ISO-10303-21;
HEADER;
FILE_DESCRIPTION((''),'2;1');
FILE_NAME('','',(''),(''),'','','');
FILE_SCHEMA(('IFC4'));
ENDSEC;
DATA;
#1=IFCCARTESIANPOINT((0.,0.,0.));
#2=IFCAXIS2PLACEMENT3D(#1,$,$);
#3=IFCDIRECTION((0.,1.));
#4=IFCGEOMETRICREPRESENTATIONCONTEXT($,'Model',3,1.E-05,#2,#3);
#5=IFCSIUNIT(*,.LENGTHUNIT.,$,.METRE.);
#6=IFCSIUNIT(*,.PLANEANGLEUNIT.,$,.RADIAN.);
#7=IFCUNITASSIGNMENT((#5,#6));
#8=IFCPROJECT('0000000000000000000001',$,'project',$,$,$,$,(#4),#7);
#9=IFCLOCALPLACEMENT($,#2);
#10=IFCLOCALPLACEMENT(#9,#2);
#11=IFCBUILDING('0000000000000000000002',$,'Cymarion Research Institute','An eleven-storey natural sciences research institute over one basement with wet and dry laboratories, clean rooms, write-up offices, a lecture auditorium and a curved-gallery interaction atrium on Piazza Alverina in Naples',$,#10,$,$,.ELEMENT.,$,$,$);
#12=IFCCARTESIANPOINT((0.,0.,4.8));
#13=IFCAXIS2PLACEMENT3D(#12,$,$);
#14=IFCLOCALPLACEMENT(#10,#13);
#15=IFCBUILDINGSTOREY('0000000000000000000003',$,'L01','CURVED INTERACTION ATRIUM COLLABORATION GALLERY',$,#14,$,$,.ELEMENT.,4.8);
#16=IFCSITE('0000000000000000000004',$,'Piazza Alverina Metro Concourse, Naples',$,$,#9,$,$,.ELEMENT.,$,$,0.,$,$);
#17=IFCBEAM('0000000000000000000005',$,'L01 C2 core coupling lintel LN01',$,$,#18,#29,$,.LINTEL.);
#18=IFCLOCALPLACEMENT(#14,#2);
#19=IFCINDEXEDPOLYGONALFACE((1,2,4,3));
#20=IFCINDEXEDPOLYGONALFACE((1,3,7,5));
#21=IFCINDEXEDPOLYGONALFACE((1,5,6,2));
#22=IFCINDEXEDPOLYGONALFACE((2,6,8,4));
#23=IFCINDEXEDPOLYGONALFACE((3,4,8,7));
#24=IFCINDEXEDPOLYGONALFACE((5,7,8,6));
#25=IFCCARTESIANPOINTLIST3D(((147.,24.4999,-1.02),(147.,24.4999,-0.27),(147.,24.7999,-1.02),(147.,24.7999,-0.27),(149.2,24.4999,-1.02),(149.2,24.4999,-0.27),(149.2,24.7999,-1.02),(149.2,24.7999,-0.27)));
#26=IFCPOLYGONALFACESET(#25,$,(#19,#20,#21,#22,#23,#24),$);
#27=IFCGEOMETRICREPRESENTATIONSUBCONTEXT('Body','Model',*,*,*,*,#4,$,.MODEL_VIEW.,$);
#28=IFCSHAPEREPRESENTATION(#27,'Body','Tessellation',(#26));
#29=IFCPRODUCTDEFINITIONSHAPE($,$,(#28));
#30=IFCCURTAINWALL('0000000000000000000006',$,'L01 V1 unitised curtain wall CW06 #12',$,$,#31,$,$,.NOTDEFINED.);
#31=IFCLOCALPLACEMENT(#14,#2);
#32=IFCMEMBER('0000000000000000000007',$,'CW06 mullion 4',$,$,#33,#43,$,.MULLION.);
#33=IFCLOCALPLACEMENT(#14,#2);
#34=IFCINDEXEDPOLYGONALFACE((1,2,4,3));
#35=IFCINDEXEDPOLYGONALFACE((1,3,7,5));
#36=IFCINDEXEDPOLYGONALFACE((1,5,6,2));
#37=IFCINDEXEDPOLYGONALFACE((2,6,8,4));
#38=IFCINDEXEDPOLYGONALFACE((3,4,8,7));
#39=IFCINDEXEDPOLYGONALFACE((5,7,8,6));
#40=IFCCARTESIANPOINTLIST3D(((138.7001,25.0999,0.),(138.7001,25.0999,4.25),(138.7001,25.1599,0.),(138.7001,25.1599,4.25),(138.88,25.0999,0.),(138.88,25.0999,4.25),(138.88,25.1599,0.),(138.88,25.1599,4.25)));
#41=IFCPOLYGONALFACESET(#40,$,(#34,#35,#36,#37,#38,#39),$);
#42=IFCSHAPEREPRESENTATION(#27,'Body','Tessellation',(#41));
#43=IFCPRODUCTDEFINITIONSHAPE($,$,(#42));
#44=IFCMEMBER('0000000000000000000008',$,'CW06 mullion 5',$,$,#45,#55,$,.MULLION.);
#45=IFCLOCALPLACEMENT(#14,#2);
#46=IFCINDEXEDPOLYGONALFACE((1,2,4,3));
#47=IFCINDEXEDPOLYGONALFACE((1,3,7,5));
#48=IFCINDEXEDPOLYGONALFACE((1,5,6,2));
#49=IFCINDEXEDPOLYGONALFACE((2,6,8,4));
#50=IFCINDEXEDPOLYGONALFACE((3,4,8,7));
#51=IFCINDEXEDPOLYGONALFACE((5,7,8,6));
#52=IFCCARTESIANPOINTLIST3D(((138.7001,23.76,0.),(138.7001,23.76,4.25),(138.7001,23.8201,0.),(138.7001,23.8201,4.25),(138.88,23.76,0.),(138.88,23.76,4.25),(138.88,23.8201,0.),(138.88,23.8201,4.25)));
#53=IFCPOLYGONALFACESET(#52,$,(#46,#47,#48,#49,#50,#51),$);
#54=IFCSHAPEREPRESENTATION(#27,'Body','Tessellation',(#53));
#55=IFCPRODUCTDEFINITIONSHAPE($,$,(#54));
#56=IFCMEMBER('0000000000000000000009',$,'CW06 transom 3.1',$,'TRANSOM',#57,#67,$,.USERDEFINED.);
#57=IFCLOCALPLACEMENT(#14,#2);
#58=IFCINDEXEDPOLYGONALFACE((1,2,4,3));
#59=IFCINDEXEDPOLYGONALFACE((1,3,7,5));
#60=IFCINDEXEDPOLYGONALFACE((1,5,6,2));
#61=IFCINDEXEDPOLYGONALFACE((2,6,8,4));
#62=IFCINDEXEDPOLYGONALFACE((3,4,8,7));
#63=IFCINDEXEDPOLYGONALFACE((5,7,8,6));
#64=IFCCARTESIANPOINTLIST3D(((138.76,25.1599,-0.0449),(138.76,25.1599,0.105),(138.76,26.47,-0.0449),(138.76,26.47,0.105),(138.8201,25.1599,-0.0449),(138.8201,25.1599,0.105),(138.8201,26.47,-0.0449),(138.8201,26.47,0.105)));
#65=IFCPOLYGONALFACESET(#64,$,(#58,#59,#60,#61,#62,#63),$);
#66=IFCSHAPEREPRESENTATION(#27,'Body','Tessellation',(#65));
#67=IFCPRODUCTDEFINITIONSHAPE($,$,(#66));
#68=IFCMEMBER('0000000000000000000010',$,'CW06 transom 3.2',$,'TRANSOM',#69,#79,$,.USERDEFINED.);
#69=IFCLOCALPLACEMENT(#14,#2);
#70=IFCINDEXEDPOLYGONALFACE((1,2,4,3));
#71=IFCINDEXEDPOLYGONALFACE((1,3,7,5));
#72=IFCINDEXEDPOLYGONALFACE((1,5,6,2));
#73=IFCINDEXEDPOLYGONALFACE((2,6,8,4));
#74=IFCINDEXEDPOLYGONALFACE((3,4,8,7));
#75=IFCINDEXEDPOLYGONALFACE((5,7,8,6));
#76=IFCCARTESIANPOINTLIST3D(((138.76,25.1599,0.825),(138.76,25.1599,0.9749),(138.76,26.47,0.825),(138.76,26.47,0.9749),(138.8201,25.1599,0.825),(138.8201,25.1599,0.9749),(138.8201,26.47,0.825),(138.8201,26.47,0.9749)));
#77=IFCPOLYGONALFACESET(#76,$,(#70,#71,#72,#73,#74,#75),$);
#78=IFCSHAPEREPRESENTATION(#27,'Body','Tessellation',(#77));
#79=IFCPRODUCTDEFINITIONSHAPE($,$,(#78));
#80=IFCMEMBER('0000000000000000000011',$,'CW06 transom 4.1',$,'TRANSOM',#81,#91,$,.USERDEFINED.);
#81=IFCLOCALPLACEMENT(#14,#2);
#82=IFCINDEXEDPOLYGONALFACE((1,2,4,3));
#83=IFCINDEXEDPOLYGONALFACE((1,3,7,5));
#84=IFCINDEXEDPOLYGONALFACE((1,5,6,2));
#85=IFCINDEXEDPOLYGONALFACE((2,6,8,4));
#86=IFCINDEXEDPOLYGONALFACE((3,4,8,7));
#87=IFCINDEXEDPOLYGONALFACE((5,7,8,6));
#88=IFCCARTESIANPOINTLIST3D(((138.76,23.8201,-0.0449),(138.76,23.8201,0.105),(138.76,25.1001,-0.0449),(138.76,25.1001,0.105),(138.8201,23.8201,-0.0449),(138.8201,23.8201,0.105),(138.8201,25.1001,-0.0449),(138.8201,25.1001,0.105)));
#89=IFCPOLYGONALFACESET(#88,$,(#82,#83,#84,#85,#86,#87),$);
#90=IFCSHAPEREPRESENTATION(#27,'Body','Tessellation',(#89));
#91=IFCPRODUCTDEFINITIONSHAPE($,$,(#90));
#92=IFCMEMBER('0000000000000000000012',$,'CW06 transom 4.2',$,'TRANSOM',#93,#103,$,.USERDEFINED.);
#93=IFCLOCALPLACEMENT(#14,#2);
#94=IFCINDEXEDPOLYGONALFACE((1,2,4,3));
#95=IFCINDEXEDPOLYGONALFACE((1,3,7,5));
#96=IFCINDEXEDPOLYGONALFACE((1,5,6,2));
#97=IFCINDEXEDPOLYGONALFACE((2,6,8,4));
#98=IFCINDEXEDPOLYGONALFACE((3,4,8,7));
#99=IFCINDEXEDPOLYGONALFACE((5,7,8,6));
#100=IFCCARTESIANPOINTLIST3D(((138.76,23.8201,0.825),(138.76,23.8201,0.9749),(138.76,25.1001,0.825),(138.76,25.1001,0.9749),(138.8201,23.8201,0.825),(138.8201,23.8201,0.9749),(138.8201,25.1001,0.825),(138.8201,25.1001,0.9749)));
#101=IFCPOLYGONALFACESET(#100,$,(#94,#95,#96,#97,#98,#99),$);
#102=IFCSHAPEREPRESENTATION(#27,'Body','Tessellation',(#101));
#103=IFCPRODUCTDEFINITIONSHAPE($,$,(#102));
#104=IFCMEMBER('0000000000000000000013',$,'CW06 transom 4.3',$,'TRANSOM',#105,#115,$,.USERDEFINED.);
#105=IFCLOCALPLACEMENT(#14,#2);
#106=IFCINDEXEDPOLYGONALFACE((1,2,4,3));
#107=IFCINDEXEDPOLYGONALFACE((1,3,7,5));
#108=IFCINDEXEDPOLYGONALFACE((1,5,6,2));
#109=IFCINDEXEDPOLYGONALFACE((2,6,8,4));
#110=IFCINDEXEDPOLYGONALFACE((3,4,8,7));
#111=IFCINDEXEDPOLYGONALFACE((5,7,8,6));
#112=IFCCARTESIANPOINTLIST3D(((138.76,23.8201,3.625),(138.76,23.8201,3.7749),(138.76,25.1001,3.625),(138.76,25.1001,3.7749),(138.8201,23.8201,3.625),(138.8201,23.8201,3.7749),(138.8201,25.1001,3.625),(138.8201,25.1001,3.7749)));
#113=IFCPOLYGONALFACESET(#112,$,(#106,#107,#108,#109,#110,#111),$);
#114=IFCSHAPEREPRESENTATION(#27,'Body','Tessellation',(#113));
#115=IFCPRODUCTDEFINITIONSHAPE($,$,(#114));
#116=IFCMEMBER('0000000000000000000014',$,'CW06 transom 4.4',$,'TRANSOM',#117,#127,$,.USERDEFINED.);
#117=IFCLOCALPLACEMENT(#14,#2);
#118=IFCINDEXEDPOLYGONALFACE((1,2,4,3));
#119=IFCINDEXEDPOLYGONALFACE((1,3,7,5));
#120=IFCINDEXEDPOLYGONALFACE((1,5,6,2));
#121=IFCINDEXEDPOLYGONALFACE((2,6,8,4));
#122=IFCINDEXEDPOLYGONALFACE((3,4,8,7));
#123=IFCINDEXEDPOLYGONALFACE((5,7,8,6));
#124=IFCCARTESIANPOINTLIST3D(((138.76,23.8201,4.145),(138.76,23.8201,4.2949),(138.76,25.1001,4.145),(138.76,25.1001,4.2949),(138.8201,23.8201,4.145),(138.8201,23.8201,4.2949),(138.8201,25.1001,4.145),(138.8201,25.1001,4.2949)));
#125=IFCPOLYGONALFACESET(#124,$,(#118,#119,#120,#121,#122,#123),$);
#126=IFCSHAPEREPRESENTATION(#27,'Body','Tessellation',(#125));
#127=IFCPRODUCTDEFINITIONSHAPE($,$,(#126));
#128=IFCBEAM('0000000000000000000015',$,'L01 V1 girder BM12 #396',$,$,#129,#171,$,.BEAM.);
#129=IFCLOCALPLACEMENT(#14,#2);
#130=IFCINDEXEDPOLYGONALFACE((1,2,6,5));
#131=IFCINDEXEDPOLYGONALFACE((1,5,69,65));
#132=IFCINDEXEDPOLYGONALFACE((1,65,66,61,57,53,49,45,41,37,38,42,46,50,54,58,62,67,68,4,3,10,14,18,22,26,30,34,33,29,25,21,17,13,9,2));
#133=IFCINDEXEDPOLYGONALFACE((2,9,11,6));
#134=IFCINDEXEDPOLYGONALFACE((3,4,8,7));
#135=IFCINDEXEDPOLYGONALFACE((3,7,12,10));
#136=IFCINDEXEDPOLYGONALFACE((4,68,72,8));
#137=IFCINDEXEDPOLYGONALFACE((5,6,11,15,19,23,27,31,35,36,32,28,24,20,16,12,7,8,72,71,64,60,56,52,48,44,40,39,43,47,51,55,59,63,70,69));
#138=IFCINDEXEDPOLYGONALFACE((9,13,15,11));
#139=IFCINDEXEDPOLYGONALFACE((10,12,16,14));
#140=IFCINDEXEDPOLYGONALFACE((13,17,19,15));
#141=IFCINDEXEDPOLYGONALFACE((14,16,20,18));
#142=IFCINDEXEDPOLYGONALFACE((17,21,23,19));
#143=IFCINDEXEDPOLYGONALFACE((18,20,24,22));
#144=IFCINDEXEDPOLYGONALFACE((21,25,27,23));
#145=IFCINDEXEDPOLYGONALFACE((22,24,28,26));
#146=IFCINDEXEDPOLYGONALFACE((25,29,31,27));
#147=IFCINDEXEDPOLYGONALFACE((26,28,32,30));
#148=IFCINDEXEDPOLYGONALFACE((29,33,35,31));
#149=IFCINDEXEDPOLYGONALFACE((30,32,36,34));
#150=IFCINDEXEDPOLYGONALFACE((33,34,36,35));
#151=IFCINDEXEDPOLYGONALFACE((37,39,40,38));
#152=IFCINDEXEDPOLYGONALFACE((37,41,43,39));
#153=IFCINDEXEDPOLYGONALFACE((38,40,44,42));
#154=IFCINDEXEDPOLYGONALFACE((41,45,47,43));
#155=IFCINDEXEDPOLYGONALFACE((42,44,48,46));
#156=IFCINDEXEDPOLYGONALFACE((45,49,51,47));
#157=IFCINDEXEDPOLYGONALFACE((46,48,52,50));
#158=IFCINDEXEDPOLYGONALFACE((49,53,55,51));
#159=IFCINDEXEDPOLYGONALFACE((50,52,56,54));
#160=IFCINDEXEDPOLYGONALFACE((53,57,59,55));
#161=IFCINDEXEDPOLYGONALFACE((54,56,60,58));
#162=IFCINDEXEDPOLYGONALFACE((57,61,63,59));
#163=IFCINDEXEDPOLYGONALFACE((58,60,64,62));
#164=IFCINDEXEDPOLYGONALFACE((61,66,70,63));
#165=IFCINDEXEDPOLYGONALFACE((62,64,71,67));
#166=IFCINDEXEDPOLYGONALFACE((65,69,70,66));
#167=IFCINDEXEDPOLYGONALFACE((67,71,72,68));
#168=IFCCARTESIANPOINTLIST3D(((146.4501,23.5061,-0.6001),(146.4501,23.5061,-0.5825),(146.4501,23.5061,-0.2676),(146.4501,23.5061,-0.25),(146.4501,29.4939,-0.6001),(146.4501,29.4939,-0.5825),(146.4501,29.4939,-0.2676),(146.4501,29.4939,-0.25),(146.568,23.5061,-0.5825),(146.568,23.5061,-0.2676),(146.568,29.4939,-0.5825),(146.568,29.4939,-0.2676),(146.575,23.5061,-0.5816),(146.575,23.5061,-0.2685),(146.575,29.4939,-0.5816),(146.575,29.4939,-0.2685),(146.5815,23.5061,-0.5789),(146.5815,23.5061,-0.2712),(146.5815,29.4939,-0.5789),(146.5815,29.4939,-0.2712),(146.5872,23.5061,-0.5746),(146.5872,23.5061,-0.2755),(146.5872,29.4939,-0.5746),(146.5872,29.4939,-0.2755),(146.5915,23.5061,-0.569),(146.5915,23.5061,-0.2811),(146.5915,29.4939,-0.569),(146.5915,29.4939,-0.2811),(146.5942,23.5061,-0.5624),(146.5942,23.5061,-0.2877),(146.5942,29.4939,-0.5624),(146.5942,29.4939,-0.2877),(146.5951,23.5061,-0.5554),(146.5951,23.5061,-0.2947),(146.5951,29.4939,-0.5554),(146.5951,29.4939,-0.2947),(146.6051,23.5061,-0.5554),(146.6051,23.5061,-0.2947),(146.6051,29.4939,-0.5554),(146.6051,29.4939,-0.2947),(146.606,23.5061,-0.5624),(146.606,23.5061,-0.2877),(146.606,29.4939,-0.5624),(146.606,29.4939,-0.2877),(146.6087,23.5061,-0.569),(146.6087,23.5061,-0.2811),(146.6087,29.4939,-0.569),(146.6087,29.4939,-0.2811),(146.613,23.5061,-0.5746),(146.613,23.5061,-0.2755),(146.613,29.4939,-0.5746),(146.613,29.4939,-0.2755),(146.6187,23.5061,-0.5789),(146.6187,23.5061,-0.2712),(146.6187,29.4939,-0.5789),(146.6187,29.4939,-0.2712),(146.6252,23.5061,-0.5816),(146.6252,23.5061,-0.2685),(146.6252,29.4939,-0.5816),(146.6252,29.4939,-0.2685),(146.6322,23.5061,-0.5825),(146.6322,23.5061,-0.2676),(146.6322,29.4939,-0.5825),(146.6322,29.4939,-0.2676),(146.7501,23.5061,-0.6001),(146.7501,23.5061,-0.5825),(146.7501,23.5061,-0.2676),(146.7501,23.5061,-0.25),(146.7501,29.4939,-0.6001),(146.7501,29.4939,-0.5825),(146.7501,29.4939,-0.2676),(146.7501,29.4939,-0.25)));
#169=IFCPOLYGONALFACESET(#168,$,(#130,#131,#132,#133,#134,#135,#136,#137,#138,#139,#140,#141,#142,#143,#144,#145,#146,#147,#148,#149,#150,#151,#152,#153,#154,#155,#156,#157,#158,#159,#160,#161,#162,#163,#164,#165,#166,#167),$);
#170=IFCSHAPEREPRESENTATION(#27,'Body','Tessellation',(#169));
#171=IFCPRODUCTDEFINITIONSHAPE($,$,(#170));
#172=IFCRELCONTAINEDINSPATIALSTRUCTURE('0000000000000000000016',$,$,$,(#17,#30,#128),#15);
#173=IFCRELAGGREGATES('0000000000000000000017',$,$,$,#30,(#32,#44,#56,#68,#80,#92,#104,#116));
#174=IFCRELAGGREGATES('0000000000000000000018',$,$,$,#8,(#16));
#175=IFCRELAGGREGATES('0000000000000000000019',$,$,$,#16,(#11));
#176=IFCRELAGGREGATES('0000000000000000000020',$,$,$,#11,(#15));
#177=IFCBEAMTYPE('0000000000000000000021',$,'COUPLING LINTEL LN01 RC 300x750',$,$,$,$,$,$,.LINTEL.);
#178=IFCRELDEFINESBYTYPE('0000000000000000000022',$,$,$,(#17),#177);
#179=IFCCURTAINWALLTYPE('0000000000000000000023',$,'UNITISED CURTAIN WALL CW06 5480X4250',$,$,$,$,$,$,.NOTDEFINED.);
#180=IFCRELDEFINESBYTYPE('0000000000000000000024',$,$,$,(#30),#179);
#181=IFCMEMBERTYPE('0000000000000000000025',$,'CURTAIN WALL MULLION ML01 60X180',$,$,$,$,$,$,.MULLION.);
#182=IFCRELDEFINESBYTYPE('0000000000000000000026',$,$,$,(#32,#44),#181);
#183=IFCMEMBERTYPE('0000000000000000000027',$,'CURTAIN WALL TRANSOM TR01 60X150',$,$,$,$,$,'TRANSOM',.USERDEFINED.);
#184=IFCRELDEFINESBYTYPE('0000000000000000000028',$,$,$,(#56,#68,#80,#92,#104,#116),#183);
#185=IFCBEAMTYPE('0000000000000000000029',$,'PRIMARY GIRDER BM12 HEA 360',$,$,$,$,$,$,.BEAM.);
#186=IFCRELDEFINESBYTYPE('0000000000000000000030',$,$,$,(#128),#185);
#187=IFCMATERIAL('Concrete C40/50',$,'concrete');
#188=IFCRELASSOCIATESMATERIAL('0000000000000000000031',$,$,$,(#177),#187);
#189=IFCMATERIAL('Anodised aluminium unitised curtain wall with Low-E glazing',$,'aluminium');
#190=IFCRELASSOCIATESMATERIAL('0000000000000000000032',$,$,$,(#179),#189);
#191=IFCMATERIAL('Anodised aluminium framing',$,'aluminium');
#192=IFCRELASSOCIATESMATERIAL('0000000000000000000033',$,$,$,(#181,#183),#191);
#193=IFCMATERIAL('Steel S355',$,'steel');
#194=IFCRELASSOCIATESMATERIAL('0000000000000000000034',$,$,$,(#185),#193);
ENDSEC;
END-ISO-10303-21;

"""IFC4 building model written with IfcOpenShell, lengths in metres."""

from ifc_helpers import new_model, si_unit, direction, frame, origin, origin_2d, place, context, subcontext, project, spatial, rectangle, i_section, extrude, material, material_profile, profile_set, type_object, element, aggregate, save


model = new_model("IFC4")

# Units and contexts
model_context = context("Model", 3, precision=1e-05, world=origin(), true_north=direction((0.0, 1.0)))
body_context = subcontext(model_context, "Body", "Model", "MODEL_VIEW")
ifc_project = project(units=[si_unit("LENGTHUNIT", "METRE"), si_unit("PLANEANGLEUNIT", "RADIAN")], contexts=[model_context])

# Site, building, storey
site_placement = place(None, origin())
site = spatial("IfcSite", under=ifc_project, at=site_placement, Name="Piazza Alverina Metro Concourse, Naples", CompositionType="ELEMENT", RefElevation=0.0)
building_placement = place(site_placement, origin())
building = spatial("IfcBuilding", under=site, at=building_placement, Name="Cymarion Research Institute", Description="An eleven-storey natural sciences research institute over one basement with wet and dry laboratories, clean rooms, write-up offices, a lecture auditorium and a curved-gallery interaction atrium on Piazza Alverina in Naples", CompositionType="ELEMENT")
storey_placement = place(building_placement, frame((0.0, 0.0, 4.8)))
storey = spatial("IfcBuildingStorey", under=building, at=storey_placement, Name="L01", Description="CURVED INTERACTION ATRIUM COLLABORATION GALLERY", CompositionType="ELEMENT", Elevation=4.8)

# Beam
ifc_material_1 = material(Name="Concrete C40/50", Category="concrete")
ifc_material_profile_1 = material_profile(ifc_material_1, rectangle(XDim=0.3, YDim=0.75, at=origin_2d()), Name="RC 300x750")
ifc_profile_set_1 = profile_set([ifc_material_profile_1], Name="Concrete C40/50")
beam_type_1 = type_object("IfcBeamType", Name="COUPLING LINTEL LN01 RC 300x750", PredefinedType="LINTEL", material=ifc_profile_set_1)
beam_1_placement = place(storey_placement, frame((147.0, 24.6499, -0.645), z_axis=(1.0, 0.0, 0.0), x_axis=(0.0, 1.0, 0.0)))
element("IfcBeam", 1, at=beam_1_placement, inside=storey, type_object=beam_type_1, Name="L01 C2 core coupling lintel LN01", PredefinedType="LINTEL", context=body_context, shape_type="SweptSolid", body=[
    extrude(rectangle(XDim=0.3, YDim=0.75, at=origin_2d()), origin(), (0.0, 0.0, 1.0), 2.2),
])

# Curtain wall, members
ifc_material_2 = material(Name="Anodised aluminium unitised curtain wall with Low-E glazing", Category="aluminium")
curtain_wall_type = type_object("IfcCurtainWallType", Name="UNITISED CURTAIN WALL CW06 5480X4250", PredefinedType="NOTDEFINED", material=ifc_material_2)
curtain_wall_placement = place(storey_placement, origin())
curtain_wall = element("IfcCurtainWall", 2, at=curtain_wall_placement, inside=storey, type_object=curtain_wall_type, Name="L01 V1 unitised curtain wall CW06 #12", PredefinedType="NOTDEFINED")
ifc_material_3 = material(Name="Anodised aluminium framing", Category="aluminium")
ifc_material_profile_2 = material_profile(ifc_material_3, rectangle(XDim=0.0601, YDim=0.1799, at=origin_2d()), Name="ALU MULLION 60x180")
ifc_profile_set_2 = profile_set([ifc_material_profile_2], Name="Anodised aluminium framing")
member_type_1 = type_object("IfcMemberType", Name="CURTAIN WALL MULLION ML01 60X180", PredefinedType="MULLION", material=ifc_profile_set_2)
member_1_placement = place(storey_placement, frame((138.79, 25.1299, 0.0), z_axis=(0.0, 0.0, 1.0), x_axis=(0.0, -1.0, 0.0)))
member_1 = element("IfcMember", 3, at=member_1_placement, type_object=member_type_1, Name="CW06 mullion 4", PredefinedType="MULLION", context=body_context, shape_type="SweptSolid", body=[
    extrude(rectangle(XDim=0.0601, YDim=0.1799, at=origin_2d()), origin(), (0.0, 0.0, 1.0), 4.25),
])
member_2_placement = place(storey_placement, frame((138.79, 23.79, 0.0), z_axis=(0.0, 0.0, 1.0), x_axis=(0.0, -1.0, 0.0)))
member_2 = element("IfcMember", 4, at=member_2_placement, type_object=member_type_1, Name="CW06 mullion 5", PredefinedType="MULLION", context=body_context, shape_type="SweptSolid", body=[
    extrude(rectangle(XDim=0.0601, YDim=0.1799, at=origin_2d()), origin(), (0.0, 0.0, 1.0), 4.25),
])
ifc_material_profile_3 = material_profile(ifc_material_3, rectangle(XDim=0.0601, YDim=0.1499, at=origin_2d()), Name="ALU TRANSOM 60x150")
ifc_profile_set_3 = profile_set([ifc_material_profile_3], Name="Anodised aluminium framing")
member_type_2 = type_object("IfcMemberType", Name="CURTAIN WALL TRANSOM TR01 60X150", ElementType="TRANSOM", PredefinedType="USERDEFINED", material=ifc_profile_set_3)
member_3_placement = place(storey_placement, frame((138.79, 26.47, 0.03), z_axis=(0.0, -1.0, 0.0), x_axis=(1.0, 0.0, 0.0)))
member_3 = element("IfcMember", 5, at=member_3_placement, type_object=member_type_2, Name="CW06 transom 3.1", ObjectType="TRANSOM", PredefinedType="USERDEFINED", context=body_context, shape_type="SweptSolid", body=[
    extrude(rectangle(XDim=0.0601, YDim=0.1499, at=origin_2d()), origin(), (0.0, 0.0, 1.0), 1.3101),
])
member_4_placement = place(storey_placement, frame((138.79, 26.47, 0.8999), z_axis=(0.0, -1.0, 0.0), x_axis=(1.0, 0.0, 0.0)))
member_4 = element("IfcMember", 6, at=member_4_placement, type_object=member_type_2, Name="CW06 transom 3.2", ObjectType="TRANSOM", PredefinedType="USERDEFINED", context=body_context, shape_type="SweptSolid", body=[
    extrude(rectangle(XDim=0.0601, YDim=0.1499, at=origin_2d()), origin(), (0.0, 0.0, 1.0), 1.3101),
])
member_5_placement = place(storey_placement, frame((138.79, 25.1001, 0.03), z_axis=(0.0, -1.0, 0.0), x_axis=(1.0, 0.0, 0.0)))
member_5 = element("IfcMember", 7, at=member_5_placement, type_object=member_type_2, Name="CW06 transom 4.1", ObjectType="TRANSOM", PredefinedType="USERDEFINED", context=body_context, shape_type="SweptSolid", body=[
    extrude(rectangle(XDim=0.0601, YDim=0.1499, at=origin_2d()), origin(), (0.0, 0.0, 1.0), 1.28),
])
member_6_placement = place(storey_placement, frame((138.79, 25.1001, 0.8999), z_axis=(0.0, -1.0, 0.0), x_axis=(1.0, 0.0, 0.0)))
member_6 = element("IfcMember", 8, at=member_6_placement, type_object=member_type_2, Name="CW06 transom 4.2", ObjectType="TRANSOM", PredefinedType="USERDEFINED", context=body_context, shape_type="SweptSolid", body=[
    extrude(rectangle(XDim=0.0601, YDim=0.1499, at=origin_2d()), origin(), (0.0, 0.0, 1.0), 1.28),
])
member_7_placement = place(storey_placement, frame((138.79, 25.1001, 3.7), z_axis=(0.0, -1.0, 0.0), x_axis=(1.0, 0.0, 0.0)))
member_7 = element("IfcMember", 9, at=member_7_placement, type_object=member_type_2, Name="CW06 transom 4.3", ObjectType="TRANSOM", PredefinedType="USERDEFINED", context=body_context, shape_type="SweptSolid", body=[
    extrude(rectangle(XDim=0.0601, YDim=0.1499, at=origin_2d()), origin(), (0.0, 0.0, 1.0), 1.28),
])
member_8_placement = place(storey_placement, frame((138.79, 25.1001, 4.22), z_axis=(0.0, -1.0, 0.0), x_axis=(1.0, 0.0, 0.0)))
member_8 = element("IfcMember", 10, at=member_8_placement, type_object=member_type_2, Name="CW06 transom 4.4", ObjectType="TRANSOM", PredefinedType="USERDEFINED", context=body_context, shape_type="SweptSolid", body=[
    extrude(rectangle(XDim=0.0601, YDim=0.1499, at=origin_2d()), origin(), (0.0, 0.0, 1.0), 1.28),
])

# Beam
ifc_material_4 = material(Name="Steel S355", Category="steel")
ifc_material_profile_4 = material_profile(ifc_material_4, i_section(OverallWidth=0.3, OverallDepth=0.3501, WebThickness=0.01, FlangeThickness=0.0176, FilletRadius=0.0271, at=origin_2d()), Name="HEA 360")
ifc_profile_set_4 = profile_set([ifc_material_profile_4], Name="Steel S355")
beam_type_2 = type_object("IfcBeamType", Name="PRIMARY GIRDER BM12 HEA 360", PredefinedType="BEAM", material=ifc_profile_set_4)
for number, where, z_axis, x_axis, name in (
    (11, (146.6001, 23.5061, -0.425), (0.0, 1.0, 0.0), (-1.0, 0.0, 0.0), "L01 V1 girder BM12 #396"),
):
    element("IfcBeam", number, at=place(storey_placement, frame(where, z_axis=z_axis, x_axis=x_axis)), inside=storey, type_object=beam_type_2, Name=name, PredefinedType="BEAM", context=body_context, shape_type="SweptSolid", body=[
        extrude(i_section(OverallWidth=0.3, OverallDepth=0.3501, WebThickness=0.01, FlangeThickness=0.0176, FilletRadius=0.0271, at=origin_2d()), origin(), (0.0, 0.0, 1.0), 5.9878),
    ])

aggregate(curtain_wall, [member_1, member_2, member_3, member_4, member_5, member_6, member_7, member_8])

save(model, "model.ifc")
